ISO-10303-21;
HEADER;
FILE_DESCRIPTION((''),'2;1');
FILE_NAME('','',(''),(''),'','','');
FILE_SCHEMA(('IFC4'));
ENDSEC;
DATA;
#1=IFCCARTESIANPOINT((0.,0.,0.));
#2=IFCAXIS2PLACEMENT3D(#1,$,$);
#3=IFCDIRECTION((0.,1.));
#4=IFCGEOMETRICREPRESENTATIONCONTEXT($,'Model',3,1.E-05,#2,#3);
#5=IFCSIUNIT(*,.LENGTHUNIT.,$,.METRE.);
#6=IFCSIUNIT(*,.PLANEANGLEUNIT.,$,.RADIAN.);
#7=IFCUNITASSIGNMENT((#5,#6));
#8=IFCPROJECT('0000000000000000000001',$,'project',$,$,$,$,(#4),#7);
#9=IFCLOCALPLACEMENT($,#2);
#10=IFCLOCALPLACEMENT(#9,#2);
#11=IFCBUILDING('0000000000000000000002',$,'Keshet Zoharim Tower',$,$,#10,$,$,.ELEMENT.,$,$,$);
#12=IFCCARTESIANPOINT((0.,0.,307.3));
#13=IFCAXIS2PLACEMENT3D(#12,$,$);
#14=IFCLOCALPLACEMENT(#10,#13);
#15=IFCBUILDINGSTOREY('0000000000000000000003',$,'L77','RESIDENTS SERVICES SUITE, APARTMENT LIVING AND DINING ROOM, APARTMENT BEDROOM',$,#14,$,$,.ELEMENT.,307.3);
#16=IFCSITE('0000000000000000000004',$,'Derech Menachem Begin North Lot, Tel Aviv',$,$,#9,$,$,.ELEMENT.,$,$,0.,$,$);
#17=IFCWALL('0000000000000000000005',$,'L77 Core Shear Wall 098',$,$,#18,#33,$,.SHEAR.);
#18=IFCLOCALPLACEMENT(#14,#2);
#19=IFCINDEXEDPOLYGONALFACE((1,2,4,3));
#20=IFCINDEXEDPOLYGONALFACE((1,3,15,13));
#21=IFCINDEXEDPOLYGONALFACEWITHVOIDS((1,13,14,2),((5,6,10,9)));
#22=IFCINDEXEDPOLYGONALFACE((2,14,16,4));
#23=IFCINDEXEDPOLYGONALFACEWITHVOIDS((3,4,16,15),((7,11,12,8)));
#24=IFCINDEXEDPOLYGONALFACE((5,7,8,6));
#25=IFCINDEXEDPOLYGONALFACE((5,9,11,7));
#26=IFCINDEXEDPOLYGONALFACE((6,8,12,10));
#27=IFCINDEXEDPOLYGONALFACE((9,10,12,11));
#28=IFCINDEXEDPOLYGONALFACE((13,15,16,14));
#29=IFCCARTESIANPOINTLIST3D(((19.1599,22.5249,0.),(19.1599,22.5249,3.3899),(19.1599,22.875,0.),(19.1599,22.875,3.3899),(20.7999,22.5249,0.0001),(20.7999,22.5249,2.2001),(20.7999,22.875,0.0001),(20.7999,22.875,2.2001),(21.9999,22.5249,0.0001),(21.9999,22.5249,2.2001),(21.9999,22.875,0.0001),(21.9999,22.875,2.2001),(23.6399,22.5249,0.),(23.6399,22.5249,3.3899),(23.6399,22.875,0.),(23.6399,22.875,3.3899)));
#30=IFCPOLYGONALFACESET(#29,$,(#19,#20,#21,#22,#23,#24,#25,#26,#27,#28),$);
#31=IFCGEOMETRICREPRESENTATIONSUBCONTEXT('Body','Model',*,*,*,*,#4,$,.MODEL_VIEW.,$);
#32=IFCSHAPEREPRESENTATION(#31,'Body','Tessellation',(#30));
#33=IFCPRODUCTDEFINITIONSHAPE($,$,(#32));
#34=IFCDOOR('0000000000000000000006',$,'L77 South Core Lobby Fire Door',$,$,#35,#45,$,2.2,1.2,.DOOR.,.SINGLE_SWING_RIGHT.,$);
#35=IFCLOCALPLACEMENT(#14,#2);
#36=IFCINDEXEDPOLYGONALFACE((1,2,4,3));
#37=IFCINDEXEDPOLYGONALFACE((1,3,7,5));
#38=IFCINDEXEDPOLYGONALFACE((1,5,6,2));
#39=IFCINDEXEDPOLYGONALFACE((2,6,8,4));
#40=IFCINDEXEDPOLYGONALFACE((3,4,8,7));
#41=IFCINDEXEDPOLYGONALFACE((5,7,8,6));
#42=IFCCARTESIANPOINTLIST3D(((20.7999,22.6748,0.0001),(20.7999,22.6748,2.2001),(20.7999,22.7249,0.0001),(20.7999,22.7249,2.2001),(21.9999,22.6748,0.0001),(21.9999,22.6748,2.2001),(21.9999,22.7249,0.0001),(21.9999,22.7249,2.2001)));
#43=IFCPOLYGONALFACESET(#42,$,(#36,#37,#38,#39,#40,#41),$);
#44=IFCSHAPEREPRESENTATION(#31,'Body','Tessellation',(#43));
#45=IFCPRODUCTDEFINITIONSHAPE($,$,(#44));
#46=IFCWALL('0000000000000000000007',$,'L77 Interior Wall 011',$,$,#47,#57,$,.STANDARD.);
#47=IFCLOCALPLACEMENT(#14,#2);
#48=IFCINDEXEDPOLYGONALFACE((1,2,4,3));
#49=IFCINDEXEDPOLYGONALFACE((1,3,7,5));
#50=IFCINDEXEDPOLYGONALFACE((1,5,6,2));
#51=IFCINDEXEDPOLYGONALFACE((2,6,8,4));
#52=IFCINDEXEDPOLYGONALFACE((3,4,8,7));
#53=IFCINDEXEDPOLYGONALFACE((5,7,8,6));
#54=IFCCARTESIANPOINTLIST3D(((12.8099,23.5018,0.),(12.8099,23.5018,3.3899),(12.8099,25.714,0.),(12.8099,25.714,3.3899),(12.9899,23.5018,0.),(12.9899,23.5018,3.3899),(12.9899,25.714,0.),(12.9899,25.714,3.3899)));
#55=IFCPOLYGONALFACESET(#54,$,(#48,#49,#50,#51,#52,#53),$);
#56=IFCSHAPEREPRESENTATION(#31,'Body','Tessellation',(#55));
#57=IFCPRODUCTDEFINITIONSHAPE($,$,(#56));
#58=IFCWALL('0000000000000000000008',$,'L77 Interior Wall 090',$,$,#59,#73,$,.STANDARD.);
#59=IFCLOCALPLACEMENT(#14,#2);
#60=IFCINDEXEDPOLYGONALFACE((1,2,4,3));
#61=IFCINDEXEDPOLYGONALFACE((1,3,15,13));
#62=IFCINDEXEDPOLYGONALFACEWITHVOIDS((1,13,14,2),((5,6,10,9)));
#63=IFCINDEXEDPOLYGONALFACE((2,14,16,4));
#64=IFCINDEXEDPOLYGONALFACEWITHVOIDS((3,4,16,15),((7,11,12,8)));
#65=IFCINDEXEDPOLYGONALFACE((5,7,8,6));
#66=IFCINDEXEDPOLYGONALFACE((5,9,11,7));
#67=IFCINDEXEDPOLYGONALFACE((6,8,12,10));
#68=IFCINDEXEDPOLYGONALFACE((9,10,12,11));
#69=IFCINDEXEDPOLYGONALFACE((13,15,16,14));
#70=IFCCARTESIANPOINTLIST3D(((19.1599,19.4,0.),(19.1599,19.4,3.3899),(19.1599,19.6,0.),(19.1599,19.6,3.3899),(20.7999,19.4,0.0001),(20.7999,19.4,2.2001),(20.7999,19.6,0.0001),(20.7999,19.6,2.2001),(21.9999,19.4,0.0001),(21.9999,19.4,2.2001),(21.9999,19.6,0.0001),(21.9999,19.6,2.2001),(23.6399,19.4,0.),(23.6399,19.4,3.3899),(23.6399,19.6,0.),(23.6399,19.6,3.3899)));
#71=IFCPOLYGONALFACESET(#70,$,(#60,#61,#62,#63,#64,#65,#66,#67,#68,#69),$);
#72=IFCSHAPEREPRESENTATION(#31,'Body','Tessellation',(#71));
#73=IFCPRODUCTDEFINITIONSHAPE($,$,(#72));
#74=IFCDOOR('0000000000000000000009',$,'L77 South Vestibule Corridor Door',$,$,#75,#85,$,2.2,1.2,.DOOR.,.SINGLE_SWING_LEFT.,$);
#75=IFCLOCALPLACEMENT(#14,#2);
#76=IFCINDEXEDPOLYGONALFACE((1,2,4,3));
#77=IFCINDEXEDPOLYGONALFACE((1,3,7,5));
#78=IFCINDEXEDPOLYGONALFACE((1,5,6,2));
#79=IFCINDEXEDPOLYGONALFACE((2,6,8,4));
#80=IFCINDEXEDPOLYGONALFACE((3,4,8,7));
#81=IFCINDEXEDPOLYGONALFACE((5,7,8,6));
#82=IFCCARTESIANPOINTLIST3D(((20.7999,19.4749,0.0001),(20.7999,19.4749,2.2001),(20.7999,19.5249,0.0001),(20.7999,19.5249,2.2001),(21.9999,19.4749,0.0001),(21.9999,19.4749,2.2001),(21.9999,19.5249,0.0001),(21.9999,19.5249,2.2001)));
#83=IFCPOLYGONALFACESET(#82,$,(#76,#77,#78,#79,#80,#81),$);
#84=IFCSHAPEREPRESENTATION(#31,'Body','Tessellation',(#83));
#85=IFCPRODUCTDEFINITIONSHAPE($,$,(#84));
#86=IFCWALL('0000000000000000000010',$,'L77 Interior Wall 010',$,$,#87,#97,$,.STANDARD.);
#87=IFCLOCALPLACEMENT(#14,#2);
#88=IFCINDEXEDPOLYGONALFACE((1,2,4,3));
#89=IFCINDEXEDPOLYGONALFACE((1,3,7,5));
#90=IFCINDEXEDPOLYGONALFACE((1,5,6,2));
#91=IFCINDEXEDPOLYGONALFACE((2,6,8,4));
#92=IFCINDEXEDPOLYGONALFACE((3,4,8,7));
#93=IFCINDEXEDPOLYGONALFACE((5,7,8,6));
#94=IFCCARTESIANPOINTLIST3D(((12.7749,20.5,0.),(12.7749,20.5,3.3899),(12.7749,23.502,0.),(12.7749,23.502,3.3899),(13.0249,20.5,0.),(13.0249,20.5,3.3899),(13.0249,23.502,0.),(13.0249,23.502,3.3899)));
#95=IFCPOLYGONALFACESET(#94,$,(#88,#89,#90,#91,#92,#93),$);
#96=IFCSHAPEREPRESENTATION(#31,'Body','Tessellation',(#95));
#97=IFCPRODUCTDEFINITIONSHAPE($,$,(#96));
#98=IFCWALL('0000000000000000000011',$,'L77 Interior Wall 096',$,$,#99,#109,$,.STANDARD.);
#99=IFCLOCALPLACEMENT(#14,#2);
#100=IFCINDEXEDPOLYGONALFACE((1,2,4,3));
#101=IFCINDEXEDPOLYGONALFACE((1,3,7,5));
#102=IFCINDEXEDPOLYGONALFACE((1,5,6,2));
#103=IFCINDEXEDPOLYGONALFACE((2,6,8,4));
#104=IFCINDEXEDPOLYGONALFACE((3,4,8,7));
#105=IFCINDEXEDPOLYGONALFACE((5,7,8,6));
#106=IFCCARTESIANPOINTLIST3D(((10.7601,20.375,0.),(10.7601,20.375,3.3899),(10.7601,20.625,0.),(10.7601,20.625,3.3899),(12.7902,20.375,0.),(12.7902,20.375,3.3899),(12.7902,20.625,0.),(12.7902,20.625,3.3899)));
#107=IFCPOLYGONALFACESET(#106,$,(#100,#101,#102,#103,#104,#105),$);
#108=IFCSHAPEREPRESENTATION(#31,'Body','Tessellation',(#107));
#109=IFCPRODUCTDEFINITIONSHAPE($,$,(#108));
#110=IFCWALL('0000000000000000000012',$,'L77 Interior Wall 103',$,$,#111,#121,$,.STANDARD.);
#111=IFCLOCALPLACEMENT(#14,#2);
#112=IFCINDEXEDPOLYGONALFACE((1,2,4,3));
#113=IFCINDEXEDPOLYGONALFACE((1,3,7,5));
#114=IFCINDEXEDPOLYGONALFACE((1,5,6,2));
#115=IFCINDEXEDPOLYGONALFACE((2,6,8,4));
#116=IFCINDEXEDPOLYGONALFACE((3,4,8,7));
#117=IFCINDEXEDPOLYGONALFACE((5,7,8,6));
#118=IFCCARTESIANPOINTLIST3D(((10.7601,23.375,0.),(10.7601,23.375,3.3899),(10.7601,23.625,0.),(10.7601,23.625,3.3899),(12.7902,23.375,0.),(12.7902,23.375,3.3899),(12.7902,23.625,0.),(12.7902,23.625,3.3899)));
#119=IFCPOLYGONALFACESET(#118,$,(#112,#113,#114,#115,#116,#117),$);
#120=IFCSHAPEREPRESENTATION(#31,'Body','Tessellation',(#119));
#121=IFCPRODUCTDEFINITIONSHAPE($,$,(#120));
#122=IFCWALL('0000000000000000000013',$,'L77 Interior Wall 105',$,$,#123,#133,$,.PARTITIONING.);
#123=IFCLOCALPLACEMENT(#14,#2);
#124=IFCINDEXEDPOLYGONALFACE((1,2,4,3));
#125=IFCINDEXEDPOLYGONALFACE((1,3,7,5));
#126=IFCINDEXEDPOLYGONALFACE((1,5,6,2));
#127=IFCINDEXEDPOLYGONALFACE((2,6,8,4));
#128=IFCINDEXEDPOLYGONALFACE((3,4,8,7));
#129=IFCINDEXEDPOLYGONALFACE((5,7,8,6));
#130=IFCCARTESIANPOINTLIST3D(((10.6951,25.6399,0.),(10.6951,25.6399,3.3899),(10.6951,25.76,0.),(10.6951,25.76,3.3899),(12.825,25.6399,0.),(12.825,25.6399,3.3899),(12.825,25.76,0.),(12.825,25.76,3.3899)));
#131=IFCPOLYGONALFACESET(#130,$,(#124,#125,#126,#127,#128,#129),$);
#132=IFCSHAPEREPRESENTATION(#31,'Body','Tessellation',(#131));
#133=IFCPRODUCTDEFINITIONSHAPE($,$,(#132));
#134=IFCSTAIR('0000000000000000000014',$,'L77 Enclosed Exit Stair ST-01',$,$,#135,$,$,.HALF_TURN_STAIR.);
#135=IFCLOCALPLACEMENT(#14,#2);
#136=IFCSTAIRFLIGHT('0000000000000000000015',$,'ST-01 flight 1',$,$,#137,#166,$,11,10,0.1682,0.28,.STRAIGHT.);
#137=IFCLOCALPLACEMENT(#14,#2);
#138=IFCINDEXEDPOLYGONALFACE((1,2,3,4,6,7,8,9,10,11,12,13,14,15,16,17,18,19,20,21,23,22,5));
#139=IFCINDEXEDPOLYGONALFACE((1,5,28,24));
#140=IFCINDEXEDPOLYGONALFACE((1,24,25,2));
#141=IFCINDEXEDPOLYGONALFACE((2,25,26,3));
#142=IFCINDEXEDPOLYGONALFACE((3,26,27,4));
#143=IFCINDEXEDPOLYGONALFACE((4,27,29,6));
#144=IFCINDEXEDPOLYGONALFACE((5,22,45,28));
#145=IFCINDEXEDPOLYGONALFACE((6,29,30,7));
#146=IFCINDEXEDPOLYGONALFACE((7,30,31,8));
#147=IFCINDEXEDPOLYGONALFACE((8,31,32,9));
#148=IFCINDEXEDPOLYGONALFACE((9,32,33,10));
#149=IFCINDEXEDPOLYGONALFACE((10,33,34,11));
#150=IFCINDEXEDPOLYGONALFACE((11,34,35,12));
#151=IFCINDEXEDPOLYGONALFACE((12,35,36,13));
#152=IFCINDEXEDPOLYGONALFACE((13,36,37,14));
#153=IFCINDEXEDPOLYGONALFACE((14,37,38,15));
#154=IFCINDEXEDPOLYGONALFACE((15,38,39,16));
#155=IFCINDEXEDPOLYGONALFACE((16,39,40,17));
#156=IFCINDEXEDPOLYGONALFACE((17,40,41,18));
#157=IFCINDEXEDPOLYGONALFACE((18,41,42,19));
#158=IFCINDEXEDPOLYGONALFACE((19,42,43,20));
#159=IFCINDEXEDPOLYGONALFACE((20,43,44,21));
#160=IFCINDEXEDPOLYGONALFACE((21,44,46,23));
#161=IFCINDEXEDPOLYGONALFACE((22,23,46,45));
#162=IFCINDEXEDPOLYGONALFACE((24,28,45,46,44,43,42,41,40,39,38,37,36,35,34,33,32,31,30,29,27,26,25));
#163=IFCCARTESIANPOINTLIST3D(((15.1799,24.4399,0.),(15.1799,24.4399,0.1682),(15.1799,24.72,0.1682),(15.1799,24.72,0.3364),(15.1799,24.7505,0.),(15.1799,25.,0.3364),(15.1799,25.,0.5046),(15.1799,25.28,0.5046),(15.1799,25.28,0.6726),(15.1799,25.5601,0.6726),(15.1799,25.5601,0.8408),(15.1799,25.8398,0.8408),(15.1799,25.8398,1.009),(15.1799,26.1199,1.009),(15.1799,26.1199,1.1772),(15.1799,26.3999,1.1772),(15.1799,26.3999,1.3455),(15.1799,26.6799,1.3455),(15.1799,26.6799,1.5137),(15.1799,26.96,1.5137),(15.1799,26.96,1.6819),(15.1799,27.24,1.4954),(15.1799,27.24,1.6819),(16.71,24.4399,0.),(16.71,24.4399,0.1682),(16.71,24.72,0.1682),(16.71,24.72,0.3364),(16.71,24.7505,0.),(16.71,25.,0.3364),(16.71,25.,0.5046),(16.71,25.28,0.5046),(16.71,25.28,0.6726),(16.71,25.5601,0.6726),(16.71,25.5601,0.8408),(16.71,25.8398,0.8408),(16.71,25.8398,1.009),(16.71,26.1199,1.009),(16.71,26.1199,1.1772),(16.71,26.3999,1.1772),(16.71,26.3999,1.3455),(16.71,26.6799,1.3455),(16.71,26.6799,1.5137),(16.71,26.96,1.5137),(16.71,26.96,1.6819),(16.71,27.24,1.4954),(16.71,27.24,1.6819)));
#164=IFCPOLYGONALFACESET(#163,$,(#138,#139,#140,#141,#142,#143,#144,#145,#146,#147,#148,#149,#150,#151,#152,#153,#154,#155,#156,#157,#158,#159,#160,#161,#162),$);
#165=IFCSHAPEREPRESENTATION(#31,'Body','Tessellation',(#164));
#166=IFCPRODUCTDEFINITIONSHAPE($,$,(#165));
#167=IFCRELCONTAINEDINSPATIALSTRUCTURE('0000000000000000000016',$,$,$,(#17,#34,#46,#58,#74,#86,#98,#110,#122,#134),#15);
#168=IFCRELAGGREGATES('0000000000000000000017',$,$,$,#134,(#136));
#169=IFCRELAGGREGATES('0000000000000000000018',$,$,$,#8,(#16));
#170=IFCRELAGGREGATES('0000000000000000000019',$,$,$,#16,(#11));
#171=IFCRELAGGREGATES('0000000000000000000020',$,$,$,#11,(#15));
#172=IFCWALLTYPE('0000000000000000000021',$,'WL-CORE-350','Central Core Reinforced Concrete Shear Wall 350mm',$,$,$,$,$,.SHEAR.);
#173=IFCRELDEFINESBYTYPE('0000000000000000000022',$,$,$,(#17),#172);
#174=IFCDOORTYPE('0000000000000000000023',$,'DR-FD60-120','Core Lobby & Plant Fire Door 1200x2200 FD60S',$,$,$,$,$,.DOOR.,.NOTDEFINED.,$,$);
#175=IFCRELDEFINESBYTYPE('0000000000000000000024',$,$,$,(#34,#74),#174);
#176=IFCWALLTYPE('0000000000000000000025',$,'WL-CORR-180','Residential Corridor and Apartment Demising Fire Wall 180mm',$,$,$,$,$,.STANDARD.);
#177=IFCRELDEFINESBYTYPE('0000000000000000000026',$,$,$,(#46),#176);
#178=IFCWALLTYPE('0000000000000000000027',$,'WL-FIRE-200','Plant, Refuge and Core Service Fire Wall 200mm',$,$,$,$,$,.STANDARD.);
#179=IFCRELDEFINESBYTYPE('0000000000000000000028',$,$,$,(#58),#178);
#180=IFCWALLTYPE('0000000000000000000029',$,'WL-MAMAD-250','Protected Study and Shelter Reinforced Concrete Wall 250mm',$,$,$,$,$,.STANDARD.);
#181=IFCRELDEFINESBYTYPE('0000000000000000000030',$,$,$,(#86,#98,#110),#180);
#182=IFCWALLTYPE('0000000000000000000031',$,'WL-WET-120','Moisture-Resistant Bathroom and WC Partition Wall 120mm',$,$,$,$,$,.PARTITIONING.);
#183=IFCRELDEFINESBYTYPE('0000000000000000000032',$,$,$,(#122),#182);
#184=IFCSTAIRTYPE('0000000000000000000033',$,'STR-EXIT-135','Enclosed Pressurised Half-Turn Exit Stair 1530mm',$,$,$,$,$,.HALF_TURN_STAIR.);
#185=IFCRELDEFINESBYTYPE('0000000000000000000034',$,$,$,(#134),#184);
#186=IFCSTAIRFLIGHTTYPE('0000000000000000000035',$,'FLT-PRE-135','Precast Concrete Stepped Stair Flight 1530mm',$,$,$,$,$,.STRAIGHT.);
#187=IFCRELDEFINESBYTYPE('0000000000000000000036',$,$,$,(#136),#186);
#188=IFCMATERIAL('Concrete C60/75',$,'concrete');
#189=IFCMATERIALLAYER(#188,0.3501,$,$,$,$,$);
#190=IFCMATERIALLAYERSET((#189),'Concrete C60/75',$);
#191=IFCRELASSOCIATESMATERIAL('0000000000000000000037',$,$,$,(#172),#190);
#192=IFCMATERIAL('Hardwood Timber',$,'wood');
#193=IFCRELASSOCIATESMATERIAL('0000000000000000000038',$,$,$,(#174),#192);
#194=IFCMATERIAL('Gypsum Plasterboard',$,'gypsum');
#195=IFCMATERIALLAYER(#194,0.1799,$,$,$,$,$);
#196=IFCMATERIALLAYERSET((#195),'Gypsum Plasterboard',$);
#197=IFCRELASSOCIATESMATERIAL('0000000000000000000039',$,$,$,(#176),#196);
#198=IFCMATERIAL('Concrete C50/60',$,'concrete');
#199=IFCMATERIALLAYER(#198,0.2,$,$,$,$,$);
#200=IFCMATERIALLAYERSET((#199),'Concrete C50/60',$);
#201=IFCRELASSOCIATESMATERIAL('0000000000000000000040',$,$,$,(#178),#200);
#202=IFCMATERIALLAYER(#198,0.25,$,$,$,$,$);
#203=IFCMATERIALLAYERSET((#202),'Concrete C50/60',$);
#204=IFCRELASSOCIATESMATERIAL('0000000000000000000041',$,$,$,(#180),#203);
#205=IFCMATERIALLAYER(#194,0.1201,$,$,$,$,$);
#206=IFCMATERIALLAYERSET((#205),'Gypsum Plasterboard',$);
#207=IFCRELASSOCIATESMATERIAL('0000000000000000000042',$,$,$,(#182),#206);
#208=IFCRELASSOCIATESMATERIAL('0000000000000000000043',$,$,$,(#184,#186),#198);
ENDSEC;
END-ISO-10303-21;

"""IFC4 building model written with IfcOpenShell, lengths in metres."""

from ifc_helpers import new_model, si_unit, direction, frame, frame_2d, origin, place, context, subcontext, project, spatial, polyline, rectangle, outline, extrude, material, layer, layer_set, type_object, element, fill, aggregate, save


model = new_model("IFC4")

# Units and contexts
model_context = context("Model", 3, precision=1e-05, world=origin(), true_north=direction((0.0, 1.0)))
body_context = subcontext(model_context, "Body", "Model", "MODEL_VIEW")
ifc_project = project(units=[si_unit("LENGTHUNIT", "METRE"), si_unit("PLANEANGLEUNIT", "RADIAN")], contexts=[model_context])

# Site, building, storey
site_placement = place(None, origin())
site = spatial("IfcSite", under=ifc_project, at=site_placement, Name="Derech Menachem Begin North Lot, Tel Aviv", CompositionType="ELEMENT", RefElevation=0.0)
building_placement = place(site_placement, origin())
building = spatial("IfcBuilding", under=site, at=building_placement, Name="Keshet Zoharim Tower", CompositionType="ELEMENT")
storey_placement = place(building_placement, frame((0.0, 0.0, 307.3)))
storey = spatial("IfcBuildingStorey", under=building, at=storey_placement, Name="L77", Description="RESIDENTS SERVICES SUITE, APARTMENT LIVING AND DINING ROOM, APARTMENT BEDROOM", CompositionType="ELEMENT", Elevation=307.3)

# Shared definitions
ifc_material_1 = material(Name="Concrete C50/60", Category="concrete")

# Shared definitions
ifc_material_2 = material(Name="Concrete C60/75", Category="concrete")
ifc_layer_1 = layer(ifc_material_2, 0.3501)
ifc_layer_set_1 = layer_set([ifc_layer_1], Name="Concrete C60/75")
wall_type_1 = type_object("IfcWallType", Name="WL-CORE-350", Description="Central Core Reinforced Concrete Shear Wall 350mm", PredefinedType="SHEAR", material=ifc_layer_set_1)

# Shared definitions
ifc_material_3 = material(Name="Hardwood Timber", Category="wood")

# Wall, opening, door
wall_1_placement = place(storey_placement, frame((19.1599, 22.7, 0.0), z_axis=(0.0, 0.0, 1.0), x_axis=(1.0, 0.0, 0.0)))
wall_1 = element("IfcWall", 1, at=wall_1_placement, inside=storey, type_object=wall_type_1, Name="L77 Core Shear Wall 098", PredefinedType="SHEAR", context=body_context, shape_type="SweptSolid", body=[
    extrude(rectangle(XDim=4.48, YDim=0.3501, at=frame_2d((2.24, 0.0))), origin(), (0.0, 0.0, 1.0), 3.3899),
])
opening_1_placement = place(wall_1_placement, frame((1.6399, 0.0, 0.0)))
opening_1 = element("IfcOpeningElement", 2, at=opening_1_placement, cuts=wall_1, PredefinedType="OPENING", context=body_context, shape_type="SweptSolid", body=[
    extrude(rectangle(XDim=1.2, YDim=2.2, at=frame_2d((0.6001, 1.1001))), frame((0.0, 0.1851, 0.0), z_axis=(0.0, -1.0, 0.0), x_axis=(1.0, 0.0, 0.0)), (0.0, 0.0, 1.0), 0.3701),
])
door_type_1 = type_object("IfcDoorType", Name="DR-FD60-120", Description="Core Lobby & Plant Fire Door 1200x2200 FD60S", OperationType="NOTDEFINED", PredefinedType="DOOR", material=ifc_material_3)
door_1_placement = place(opening_1_placement, origin())
door_1 = element("IfcDoor", 3, at=door_1_placement, inside=storey, type_object=door_type_1, Name="L77 South Core Lobby Fire Door", OperationType="SINGLE_SWING_RIGHT", OverallHeight=2.2, OverallWidth=1.2, PredefinedType="DOOR", context=body_context, shape_type="SweptSolid", body=[
    extrude(rectangle(XDim=1.2, YDim=2.2, at=frame_2d((0.6001, 1.1001))), frame((0.0, 0.0249, 0.0), z_axis=(0.0, -1.0, 0.0), x_axis=(1.0, 0.0, 0.0)), (0.0, 0.0, 1.0), 0.05),
])
fill(opening_1, door_1)

# Wall
ifc_material_4 = material(Name="Gypsum Plasterboard", Category="gypsum")
ifc_layer_2 = layer(ifc_material_4, 0.1799)
ifc_layer_set_2 = layer_set([ifc_layer_2], Name="Gypsum Plasterboard")
wall_type_2 = type_object("IfcWallType", Name="WL-CORR-180", Description="Residential Corridor and Apartment Demising Fire Wall 180mm", PredefinedType="STANDARD", material=ifc_layer_set_2)
wall_2_placement = place(storey_placement, frame((12.8999, 23.502, 0.0), z_axis=(0.0, 0.0, 1.0), x_axis=(0.0, 1.0, 0.0)))
element("IfcWall", 4, at=wall_2_placement, inside=storey, type_object=wall_type_2, Name="L77 Interior Wall 011", PredefinedType="STANDARD", context=body_context, shape_type="SweptSolid", body=[
    extrude(rectangle(XDim=2.2122, YDim=0.1799, at=frame_2d((1.106, 0.0))), origin(), (0.0, 0.0, 1.0), 3.3899),
])

# Wall, opening, door
ifc_layer_3 = layer(ifc_material_1, 0.2)
ifc_layer_set_3 = layer_set([ifc_layer_3], Name="Concrete C50/60")
wall_type_3 = type_object("IfcWallType", Name="WL-FIRE-200", Description="Plant, Refuge and Core Service Fire Wall 200mm", PredefinedType="STANDARD", material=ifc_layer_set_3)
wall_3_placement = place(storey_placement, frame((19.1599, 19.5, 0.0), z_axis=(0.0, 0.0, 1.0), x_axis=(1.0, 0.0, 0.0)))
wall_3 = element("IfcWall", 5, at=wall_3_placement, inside=storey, type_object=wall_type_3, Name="L77 Interior Wall 090", PredefinedType="STANDARD", context=body_context, shape_type="SweptSolid", body=[
    extrude(rectangle(XDim=4.48, YDim=0.2, at=frame_2d((2.24, 0.0))), origin(), (0.0, 0.0, 1.0), 3.3899),
])
opening_2_placement = place(wall_3_placement, frame((1.6399, 0.0, 0.0)))
opening_2 = element("IfcOpeningElement", 6, at=opening_2_placement, cuts=wall_3, PredefinedType="OPENING", context=body_context, shape_type="SweptSolid", body=[
    extrude(rectangle(XDim=1.2, YDim=2.2, at=frame_2d((0.6001, 1.1001))), frame((0.0, 0.1099, 0.0), z_axis=(0.0, -1.0, 0.0), x_axis=(1.0, 0.0, 0.0)), (0.0, 0.0, 1.0), 0.22),
])
door_2_placement = place(opening_2_placement, origin())
door_2 = element("IfcDoor", 7, at=door_2_placement, inside=storey, type_object=door_type_1, Name="L77 South Vestibule Corridor Door", OperationType="SINGLE_SWING_LEFT", OverallHeight=2.2, OverallWidth=1.2, PredefinedType="DOOR", context=body_context, shape_type="SweptSolid", body=[
    extrude(rectangle(XDim=1.2, YDim=2.2, at=frame_2d((0.6001, 1.1001))), frame((0.0, 0.0249, 0.0), z_axis=(0.0, -1.0, 0.0), x_axis=(1.0, 0.0, 0.0)), (0.0, 0.0, 1.0), 0.05),
])
fill(opening_2, door_2)

# Walls
ifc_layer_4 = layer(ifc_material_1, 0.25)
ifc_layer_set_4 = layer_set([ifc_layer_4], Name="Concrete C50/60")
wall_type_4 = type_object("IfcWallType", Name="WL-MAMAD-250", Description="Protected Study and Shelter Reinforced Concrete Wall 250mm", PredefinedType="STANDARD", material=ifc_layer_set_4)
wall_4_placement = place(storey_placement, frame((12.8999, 20.5, 0.0), z_axis=(0.0, 0.0, 1.0), x_axis=(0.0, 1.0, 0.0)))
element("IfcWall", 8, at=wall_4_placement, inside=storey, type_object=wall_type_4, Name="L77 Interior Wall 010", PredefinedType="STANDARD", context=body_context, shape_type="SweptSolid", body=[
    extrude(rectangle(XDim=3.002, YDim=0.25, at=frame_2d((1.501, 0.0))), origin(), (0.0, 0.0, 1.0), 3.3899),
])
for number, where, z_axis, x_axis, name in (
    (9, (10.76, 20.5, 0.0), (0.0, 0.0, 1.0), (1.0, 0.0, 0.0), "L77 Interior Wall 096"),
    (10, (10.76, 23.5, 0.0), (0.0, 0.0, 1.0), (1.0, 0.0, 0.0), "L77 Interior Wall 103"),
):
    element("IfcWall", number, at=place(storey_placement, frame(where, z_axis=z_axis, x_axis=x_axis)), inside=storey, type_object=wall_type_4, Name=name, PredefinedType="STANDARD", context=body_context, shape_type="SweptSolid", body=[
        extrude(rectangle(XDim=2.03, YDim=0.25, at=frame_2d((1.0151, 0.0))), origin(), (0.0, 0.0, 1.0), 3.3899),
    ])
ifc_layer_5 = layer(ifc_material_4, 0.1201)
ifc_layer_set_5 = layer_set([ifc_layer_5], Name="Gypsum Plasterboard")
wall_type_5 = type_object("IfcWallType", Name="WL-WET-120", Description="Moisture-Resistant Bathroom and WC Partition Wall 120mm", PredefinedType="PARTITIONING", material=ifc_layer_set_5)
wall_5_placement = place(storey_placement, frame((10.6951, 25.7, 0.0), z_axis=(0.0, 0.0, 1.0), x_axis=(1.0, 0.0, 0.0)))
element("IfcWall", 11, at=wall_5_placement, inside=storey, type_object=wall_type_5, Name="L77 Interior Wall 105", PredefinedType="PARTITIONING", context=body_context, shape_type="SweptSolid", body=[
    extrude(rectangle(XDim=2.1299, YDim=0.1201, at=frame_2d((1.0649, 0.0))), origin(), (0.0, 0.0, 1.0), 3.3899),
])

# Stair, stair flight
stair_type = type_object("IfcStairType", Name="STR-EXIT-135", Description="Enclosed Pressurised Half-Turn Exit Stair 1530mm", PredefinedType="HALF_TURN_STAIR", material=ifc_material_1)
stair_placement = place(storey_placement, origin())
stair = element("IfcStair", 12, at=stair_placement, inside=storey, type_object=stair_type, Name="L77 Enclosed Exit Stair ST-01", PredefinedType="HALF_TURN_STAIR")
stair_flight_type = type_object("IfcStairFlightType", Name="FLT-PRE-135", Description="Precast Concrete Stepped Stair Flight 1530mm", PredefinedType="STRAIGHT", material=ifc_material_1)
stair_flight_placement = place(storey_placement, frame((15.9451, 24.4399, 0.0), z_axis=(0.0, 0.0, 1.0), x_axis=(0.0, 1.0, 0.0)))
stair_flight = element("IfcStairFlight", 13, at=stair_flight_placement, type_object=stair_flight_type, Name="ST-01 flight 1", NumberOfRisers=11, NumberOfTreads=10, PredefinedType="STRAIGHT", RiserHeight=0.1682, TreadLength=0.28, context=body_context, shape_type="SweptSolid", body=[
    extrude(outline(polyline([(0.0, 0.0), (0.0, 0.1682), (0.28, 0.1682), (0.28, 0.3364), (0.5601, 0.3364), (0.5601, 0.5046), (0.8401, 0.5046), (0.8401, 0.6726), (1.1201, 0.6726), (1.1201, 0.8408), (1.3999, 0.8408), (1.3999, 1.009), (1.6799, 1.009), (1.6799, 1.1772), (1.96, 1.1772), (1.96, 1.3455), (2.24, 1.3455), (2.24, 1.5137), (2.52, 1.5137), (2.52, 1.6819), (2.8, 1.6819), (2.8, 1.8501), (2.8, 1.4954), (0.3105, 0.0), (0.0, 0.0)])), frame((0.0, 0.7651, 0.0), z_axis=(0.0, -1.0, 0.0), x_axis=(1.0, 0.0, 0.0)), (0.0, 0.0, 1.0), 1.53),
])
aggregate(stair, [stair_flight])

save(model, "model.ifc")
